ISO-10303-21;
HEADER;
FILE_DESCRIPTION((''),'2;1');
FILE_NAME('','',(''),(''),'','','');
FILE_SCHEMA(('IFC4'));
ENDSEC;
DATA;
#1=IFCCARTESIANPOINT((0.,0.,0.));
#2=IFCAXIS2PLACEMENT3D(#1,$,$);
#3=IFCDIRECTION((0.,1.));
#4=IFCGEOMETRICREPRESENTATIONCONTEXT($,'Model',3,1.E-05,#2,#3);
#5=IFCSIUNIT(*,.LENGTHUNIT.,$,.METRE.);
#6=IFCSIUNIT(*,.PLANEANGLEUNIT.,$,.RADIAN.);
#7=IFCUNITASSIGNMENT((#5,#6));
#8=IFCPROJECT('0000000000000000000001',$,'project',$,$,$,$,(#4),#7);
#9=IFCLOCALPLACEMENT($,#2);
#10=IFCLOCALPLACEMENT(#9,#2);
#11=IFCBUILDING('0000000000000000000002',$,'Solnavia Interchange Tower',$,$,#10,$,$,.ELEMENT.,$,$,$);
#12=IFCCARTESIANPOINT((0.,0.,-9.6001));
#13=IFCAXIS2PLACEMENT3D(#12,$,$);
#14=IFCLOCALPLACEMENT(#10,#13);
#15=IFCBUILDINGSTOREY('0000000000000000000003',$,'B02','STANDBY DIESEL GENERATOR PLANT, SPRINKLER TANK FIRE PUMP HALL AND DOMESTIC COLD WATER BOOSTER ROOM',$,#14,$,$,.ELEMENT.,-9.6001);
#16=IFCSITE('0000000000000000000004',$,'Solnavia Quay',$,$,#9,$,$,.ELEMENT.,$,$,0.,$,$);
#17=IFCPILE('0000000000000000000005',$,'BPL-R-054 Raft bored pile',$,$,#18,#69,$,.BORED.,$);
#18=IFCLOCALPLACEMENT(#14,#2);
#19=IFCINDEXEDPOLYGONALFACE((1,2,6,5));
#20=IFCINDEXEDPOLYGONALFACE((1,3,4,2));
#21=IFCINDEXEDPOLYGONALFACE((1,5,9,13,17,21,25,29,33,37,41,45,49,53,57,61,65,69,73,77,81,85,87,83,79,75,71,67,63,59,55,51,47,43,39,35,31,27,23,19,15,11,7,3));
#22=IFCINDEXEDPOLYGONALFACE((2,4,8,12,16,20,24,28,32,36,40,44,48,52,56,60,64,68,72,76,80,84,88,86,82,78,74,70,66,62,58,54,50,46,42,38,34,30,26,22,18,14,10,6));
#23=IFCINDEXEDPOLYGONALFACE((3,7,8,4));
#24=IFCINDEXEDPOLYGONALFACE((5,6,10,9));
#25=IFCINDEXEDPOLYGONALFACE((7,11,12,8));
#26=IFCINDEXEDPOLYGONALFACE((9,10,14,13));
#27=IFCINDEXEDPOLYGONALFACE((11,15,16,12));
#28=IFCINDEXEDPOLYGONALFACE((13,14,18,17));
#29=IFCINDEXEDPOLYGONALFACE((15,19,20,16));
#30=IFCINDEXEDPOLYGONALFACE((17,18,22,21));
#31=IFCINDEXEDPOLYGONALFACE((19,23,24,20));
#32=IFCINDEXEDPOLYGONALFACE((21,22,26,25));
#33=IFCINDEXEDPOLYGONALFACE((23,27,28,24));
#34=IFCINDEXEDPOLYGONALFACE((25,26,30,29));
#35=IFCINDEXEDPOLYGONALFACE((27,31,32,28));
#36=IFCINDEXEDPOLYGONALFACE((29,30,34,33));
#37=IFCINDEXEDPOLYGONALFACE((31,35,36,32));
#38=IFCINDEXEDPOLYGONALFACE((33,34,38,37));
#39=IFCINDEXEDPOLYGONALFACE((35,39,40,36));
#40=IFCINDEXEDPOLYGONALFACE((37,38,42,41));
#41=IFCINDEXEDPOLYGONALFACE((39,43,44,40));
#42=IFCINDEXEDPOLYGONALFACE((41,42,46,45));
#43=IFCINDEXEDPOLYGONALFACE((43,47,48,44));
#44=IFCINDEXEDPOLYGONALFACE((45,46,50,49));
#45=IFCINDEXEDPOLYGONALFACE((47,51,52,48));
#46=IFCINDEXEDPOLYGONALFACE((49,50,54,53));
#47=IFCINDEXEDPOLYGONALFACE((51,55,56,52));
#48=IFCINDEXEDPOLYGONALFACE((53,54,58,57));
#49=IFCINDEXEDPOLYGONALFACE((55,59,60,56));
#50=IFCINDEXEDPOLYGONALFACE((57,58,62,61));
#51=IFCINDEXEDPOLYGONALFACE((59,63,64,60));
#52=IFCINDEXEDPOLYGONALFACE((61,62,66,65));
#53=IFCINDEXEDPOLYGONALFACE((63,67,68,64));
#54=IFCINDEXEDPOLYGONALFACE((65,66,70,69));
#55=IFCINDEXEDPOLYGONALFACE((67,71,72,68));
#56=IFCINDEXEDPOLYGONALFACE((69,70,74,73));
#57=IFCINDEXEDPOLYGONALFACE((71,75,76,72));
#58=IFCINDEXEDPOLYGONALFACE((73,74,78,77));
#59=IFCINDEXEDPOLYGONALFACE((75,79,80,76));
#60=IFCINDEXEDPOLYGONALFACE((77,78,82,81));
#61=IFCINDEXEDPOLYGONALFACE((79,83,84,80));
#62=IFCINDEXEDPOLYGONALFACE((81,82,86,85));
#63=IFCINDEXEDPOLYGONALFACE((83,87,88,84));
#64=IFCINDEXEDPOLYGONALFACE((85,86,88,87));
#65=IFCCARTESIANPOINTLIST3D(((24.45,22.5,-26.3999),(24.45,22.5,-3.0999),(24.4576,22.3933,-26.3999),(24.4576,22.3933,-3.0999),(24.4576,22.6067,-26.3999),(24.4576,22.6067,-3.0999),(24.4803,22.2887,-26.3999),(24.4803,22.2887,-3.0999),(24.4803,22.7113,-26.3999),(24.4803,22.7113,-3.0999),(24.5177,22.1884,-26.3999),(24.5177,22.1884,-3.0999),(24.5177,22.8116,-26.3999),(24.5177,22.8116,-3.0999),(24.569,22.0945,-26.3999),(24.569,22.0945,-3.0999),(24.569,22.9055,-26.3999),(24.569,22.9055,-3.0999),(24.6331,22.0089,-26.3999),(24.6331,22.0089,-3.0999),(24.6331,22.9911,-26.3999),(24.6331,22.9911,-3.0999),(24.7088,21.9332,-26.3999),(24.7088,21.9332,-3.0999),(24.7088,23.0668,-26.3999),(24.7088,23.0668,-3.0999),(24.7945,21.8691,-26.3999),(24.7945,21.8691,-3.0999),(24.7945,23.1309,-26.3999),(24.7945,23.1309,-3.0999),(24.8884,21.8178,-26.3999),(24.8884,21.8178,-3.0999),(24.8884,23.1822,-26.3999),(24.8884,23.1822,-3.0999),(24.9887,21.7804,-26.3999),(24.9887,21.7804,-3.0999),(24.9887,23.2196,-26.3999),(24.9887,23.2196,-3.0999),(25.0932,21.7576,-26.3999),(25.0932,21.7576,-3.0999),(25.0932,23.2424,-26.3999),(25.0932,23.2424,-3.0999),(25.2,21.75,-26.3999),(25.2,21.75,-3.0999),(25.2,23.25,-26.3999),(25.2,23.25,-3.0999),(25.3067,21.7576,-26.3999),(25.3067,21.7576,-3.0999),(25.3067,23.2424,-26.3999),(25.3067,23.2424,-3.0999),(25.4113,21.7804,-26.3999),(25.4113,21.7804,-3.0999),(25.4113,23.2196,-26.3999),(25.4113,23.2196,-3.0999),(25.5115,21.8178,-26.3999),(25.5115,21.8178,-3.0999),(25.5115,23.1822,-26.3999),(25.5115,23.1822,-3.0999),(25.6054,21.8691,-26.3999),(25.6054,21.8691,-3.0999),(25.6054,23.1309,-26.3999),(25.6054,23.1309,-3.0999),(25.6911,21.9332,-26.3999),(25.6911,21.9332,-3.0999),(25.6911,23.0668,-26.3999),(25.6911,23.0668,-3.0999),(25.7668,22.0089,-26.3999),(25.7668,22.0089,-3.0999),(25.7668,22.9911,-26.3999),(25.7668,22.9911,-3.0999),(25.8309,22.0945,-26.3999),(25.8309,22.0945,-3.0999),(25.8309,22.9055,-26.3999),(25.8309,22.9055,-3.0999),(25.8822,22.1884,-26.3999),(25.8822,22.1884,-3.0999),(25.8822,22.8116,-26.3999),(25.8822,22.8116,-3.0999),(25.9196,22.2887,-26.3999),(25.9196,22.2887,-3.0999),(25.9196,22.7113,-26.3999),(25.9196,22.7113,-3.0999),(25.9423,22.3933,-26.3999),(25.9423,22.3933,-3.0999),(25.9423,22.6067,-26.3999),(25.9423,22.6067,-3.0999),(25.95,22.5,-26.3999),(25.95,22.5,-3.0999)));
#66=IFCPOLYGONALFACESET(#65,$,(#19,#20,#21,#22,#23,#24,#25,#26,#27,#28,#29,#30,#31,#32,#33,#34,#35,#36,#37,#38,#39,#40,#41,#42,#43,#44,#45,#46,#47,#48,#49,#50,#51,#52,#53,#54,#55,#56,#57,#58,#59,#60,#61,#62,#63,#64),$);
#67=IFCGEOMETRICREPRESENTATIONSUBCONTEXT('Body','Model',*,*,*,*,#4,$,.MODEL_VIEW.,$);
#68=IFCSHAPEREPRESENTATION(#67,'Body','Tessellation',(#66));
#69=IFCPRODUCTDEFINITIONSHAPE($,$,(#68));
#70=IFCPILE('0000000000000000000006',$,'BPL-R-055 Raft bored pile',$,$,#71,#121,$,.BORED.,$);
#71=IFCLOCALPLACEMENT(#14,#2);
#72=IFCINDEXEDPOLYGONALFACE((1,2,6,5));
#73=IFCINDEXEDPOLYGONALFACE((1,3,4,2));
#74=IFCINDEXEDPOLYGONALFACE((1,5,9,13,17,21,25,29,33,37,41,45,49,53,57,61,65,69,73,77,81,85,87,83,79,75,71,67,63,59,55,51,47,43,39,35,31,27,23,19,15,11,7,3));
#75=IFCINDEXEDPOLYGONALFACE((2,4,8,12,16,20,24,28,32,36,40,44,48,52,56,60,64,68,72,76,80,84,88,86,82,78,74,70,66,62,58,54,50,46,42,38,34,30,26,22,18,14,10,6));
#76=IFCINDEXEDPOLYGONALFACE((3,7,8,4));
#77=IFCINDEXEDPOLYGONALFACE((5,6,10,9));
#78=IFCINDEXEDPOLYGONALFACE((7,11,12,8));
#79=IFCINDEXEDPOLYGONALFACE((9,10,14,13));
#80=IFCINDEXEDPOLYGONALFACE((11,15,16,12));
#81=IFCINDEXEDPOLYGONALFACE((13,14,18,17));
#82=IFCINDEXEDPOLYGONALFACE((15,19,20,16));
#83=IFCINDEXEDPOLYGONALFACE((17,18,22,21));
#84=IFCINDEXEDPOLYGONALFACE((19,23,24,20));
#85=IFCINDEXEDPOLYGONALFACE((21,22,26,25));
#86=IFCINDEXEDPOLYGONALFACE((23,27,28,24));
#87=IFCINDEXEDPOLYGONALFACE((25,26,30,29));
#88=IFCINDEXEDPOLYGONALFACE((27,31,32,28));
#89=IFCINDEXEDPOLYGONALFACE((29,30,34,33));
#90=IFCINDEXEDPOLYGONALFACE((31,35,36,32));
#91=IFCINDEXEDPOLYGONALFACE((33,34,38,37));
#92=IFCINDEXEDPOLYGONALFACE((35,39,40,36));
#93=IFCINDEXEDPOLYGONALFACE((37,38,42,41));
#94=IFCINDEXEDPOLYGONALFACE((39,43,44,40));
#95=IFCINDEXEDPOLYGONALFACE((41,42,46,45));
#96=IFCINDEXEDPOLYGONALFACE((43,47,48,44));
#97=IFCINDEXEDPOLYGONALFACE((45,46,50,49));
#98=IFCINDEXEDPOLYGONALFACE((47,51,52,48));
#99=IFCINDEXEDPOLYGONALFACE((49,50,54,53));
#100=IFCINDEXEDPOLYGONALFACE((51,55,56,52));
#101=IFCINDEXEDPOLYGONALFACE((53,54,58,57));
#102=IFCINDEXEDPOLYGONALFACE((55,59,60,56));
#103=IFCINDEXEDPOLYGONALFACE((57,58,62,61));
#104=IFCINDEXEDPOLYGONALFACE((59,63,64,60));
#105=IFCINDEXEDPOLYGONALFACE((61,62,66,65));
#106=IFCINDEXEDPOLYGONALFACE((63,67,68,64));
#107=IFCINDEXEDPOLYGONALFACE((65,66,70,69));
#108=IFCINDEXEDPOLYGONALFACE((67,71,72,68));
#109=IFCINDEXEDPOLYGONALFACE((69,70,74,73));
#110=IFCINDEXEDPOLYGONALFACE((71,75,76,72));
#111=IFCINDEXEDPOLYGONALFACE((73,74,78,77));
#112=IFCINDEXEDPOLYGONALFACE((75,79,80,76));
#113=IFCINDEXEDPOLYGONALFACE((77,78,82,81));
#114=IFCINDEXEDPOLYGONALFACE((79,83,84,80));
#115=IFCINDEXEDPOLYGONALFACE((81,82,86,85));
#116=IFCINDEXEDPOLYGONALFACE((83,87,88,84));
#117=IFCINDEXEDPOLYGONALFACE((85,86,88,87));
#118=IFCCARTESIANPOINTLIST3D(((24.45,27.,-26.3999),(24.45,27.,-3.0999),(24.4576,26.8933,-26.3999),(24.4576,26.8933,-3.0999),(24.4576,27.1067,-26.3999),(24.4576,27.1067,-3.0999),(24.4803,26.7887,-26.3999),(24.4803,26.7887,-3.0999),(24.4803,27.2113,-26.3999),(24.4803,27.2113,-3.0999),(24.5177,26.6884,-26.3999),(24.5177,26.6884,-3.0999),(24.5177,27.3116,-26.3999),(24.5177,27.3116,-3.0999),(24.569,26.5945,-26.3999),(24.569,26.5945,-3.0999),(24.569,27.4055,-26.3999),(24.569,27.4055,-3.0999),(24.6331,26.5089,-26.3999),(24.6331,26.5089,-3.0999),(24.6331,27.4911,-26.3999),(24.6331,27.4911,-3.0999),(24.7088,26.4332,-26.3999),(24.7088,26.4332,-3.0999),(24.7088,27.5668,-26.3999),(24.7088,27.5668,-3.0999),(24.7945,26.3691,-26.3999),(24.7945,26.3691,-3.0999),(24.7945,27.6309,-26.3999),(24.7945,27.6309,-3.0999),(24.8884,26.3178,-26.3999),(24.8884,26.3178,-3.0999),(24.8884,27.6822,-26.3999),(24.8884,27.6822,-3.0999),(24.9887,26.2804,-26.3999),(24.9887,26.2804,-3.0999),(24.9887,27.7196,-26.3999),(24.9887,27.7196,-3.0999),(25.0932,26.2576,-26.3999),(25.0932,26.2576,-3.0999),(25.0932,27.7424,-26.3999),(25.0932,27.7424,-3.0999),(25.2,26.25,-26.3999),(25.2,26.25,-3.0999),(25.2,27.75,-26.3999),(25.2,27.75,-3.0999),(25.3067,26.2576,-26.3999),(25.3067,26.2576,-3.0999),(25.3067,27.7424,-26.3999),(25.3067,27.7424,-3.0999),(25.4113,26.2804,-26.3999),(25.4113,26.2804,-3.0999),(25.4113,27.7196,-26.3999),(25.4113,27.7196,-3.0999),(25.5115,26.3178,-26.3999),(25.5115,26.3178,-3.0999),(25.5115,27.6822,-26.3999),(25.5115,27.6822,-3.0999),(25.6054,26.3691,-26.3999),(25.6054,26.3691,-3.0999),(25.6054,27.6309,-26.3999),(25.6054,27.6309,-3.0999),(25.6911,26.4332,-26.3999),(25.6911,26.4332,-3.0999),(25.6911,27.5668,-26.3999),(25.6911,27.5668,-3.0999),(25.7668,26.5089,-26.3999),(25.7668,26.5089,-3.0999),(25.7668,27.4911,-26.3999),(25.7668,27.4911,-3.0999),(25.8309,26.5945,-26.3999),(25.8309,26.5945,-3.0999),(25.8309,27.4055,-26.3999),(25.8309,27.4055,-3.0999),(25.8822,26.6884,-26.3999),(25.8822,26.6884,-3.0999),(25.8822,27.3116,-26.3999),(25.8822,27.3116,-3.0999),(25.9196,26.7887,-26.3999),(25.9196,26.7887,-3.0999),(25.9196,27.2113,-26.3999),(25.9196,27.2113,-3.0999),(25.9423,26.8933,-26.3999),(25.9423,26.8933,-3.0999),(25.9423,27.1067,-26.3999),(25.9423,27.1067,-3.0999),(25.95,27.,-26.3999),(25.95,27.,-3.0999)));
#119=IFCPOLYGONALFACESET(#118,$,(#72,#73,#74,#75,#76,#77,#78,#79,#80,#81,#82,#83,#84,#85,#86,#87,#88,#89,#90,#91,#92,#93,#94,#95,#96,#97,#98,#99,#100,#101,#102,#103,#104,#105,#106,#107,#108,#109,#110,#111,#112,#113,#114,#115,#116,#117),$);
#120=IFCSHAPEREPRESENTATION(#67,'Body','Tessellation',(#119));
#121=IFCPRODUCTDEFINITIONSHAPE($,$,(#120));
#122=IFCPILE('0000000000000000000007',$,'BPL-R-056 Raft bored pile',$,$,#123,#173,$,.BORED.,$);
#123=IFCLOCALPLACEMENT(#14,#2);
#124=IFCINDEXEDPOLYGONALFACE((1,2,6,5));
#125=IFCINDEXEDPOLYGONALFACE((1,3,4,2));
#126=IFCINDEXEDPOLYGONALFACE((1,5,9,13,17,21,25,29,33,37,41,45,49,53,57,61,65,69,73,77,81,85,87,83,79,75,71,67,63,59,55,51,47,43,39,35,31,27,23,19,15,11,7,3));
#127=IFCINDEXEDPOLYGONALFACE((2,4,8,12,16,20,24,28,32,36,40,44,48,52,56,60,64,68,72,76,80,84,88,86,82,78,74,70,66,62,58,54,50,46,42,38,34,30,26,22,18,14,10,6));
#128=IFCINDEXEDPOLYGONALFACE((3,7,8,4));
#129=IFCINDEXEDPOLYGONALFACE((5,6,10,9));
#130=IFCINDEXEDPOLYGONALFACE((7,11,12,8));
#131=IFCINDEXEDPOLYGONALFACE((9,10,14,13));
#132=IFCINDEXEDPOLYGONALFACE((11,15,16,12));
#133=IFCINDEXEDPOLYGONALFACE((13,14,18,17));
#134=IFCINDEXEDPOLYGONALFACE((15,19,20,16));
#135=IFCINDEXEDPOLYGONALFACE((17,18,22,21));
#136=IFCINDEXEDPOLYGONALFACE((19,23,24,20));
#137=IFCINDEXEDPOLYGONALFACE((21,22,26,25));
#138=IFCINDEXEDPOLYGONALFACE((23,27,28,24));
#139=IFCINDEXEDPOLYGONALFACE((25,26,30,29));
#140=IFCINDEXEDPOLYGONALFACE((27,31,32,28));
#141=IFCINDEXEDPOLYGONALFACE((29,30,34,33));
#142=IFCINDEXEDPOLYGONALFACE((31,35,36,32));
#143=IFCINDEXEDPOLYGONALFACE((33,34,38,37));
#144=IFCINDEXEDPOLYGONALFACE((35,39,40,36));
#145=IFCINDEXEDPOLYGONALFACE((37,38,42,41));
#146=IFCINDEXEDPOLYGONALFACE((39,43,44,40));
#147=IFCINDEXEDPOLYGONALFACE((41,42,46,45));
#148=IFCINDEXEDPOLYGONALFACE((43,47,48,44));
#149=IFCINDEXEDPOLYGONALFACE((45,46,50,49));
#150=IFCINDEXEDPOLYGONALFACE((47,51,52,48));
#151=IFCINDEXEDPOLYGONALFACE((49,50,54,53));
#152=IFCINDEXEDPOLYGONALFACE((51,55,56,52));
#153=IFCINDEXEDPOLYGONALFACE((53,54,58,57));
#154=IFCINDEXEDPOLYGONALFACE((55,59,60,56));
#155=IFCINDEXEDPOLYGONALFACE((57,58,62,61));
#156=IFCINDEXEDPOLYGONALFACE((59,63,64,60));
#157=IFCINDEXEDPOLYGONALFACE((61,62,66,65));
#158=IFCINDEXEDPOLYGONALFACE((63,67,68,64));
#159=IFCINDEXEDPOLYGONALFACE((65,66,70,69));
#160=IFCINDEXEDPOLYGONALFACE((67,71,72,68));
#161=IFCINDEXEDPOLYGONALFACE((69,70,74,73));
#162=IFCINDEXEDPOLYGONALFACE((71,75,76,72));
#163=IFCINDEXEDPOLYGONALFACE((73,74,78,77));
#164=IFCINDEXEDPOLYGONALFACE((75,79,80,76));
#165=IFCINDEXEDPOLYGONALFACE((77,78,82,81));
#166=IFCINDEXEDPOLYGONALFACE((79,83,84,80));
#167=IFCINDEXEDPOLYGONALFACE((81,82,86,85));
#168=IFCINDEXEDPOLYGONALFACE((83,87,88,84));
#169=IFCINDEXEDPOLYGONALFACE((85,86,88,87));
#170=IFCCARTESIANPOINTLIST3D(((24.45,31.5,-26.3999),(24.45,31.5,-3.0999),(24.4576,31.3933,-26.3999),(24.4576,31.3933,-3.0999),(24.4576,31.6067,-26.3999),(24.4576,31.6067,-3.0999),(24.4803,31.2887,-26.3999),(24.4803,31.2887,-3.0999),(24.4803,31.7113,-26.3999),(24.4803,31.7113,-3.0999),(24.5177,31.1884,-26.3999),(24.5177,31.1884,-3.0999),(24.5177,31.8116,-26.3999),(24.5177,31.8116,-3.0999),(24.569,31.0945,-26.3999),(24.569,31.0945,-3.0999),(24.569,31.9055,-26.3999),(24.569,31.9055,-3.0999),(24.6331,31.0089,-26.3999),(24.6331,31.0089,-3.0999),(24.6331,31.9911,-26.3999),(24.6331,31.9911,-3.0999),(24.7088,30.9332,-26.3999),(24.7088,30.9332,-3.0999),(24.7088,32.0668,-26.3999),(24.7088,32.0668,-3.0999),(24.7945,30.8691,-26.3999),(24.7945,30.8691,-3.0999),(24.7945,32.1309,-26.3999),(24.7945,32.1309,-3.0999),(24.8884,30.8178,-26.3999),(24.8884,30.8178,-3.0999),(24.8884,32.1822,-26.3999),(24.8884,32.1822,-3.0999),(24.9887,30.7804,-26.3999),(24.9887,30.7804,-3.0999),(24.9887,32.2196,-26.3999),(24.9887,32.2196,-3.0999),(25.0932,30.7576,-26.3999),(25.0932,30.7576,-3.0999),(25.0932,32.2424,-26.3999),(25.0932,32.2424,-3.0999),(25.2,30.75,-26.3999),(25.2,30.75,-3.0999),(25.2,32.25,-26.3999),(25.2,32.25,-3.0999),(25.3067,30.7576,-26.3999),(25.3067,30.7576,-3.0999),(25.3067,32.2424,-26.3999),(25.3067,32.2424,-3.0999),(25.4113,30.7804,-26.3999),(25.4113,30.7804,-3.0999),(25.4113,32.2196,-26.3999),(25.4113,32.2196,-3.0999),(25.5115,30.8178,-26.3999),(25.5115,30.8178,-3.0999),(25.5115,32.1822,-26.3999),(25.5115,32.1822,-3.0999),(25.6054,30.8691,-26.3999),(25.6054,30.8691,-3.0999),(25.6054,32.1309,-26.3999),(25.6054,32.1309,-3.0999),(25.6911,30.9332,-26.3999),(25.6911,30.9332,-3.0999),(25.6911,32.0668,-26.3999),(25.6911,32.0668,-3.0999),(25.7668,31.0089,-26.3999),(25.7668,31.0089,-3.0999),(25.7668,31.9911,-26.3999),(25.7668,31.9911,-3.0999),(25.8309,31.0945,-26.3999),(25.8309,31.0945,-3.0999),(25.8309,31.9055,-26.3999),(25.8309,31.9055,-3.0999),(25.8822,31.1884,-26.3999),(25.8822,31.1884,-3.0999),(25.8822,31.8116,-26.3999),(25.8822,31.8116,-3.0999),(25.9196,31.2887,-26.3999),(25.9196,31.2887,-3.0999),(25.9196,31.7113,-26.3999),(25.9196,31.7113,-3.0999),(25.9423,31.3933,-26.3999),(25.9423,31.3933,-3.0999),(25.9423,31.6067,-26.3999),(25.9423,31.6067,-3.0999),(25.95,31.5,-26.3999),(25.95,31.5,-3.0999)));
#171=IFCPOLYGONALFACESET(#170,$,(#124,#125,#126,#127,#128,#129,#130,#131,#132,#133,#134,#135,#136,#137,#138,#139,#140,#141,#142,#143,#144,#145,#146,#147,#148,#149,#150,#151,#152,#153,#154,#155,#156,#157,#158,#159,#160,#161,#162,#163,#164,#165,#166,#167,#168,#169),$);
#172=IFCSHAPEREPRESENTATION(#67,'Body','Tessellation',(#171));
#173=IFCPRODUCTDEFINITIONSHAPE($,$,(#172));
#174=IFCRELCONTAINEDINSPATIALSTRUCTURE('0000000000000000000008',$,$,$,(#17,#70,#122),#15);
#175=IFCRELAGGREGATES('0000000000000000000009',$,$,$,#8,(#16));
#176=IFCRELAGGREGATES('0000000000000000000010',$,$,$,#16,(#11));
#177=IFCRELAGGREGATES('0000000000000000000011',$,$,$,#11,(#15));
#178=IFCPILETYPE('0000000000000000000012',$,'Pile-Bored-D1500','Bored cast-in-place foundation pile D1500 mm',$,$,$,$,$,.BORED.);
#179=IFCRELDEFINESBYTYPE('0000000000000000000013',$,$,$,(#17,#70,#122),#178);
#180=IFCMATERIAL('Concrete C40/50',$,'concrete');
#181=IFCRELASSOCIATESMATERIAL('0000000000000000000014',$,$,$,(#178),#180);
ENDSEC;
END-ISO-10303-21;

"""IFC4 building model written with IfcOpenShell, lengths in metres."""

from ifc_helpers import new_model, si_unit, direction, frame, origin, origin_2d, place, context, subcontext, project, spatial, circle, extrude, material, material_profile, profile_set, type_object, element, save


model = new_model("IFC4")

# Units and contexts
model_context = context("Model", 3, precision=1e-05, world=origin(), true_north=direction((0.0, 1.0)))
body_context = subcontext(model_context, "Body", "Model", "MODEL_VIEW")
ifc_project = project(units=[si_unit("LENGTHUNIT", "METRE"), si_unit("PLANEANGLEUNIT", "RADIAN")], contexts=[model_context])

# Site, building, storey
site_placement = place(None, origin())
site = spatial("IfcSite", under=ifc_project, at=site_placement, Name="Solnavia Quay", CompositionType="ELEMENT", RefElevation=0.0)
building_placement = place(site_placement, origin())
building = spatial("IfcBuilding", under=site, at=building_placement, Name="Solnavia Interchange Tower", CompositionType="ELEMENT")
storey_placement = place(building_placement, frame((0.0, 0.0, -9.6001)))
storey = spatial("IfcBuildingStorey", under=building, at=storey_placement, Name="B02", Description="STANDBY DIESEL GENERATOR PLANT, SPRINKLER TANK FIRE PUMP HALL AND DOMESTIC COLD WATER BOOSTER ROOM", CompositionType="ELEMENT", Elevation=-9.6001)

# Piles
ifc_material_1 = material(Name="Concrete C40/50", Category="concrete")
ifc_material_profile_1 = material_profile(ifc_material_1, circle(Radius=0.75, at=origin_2d()), Name="PILE D1500")
ifc_profile_set_1 = profile_set([ifc_material_profile_1], Name="Concrete C40/50")
pile_type = type_object("IfcPileType", Name="Pile-Bored-D1500", Description="Bored cast-in-place foundation pile D1500 mm", PredefinedType="BORED", material=ifc_profile_set_1)
for number, where, z_axis, x_axis, name in (
    (1, (25.2, 22.5, -3.0999), (0.0, 0.0, -1.0), (1.0, 0.0, 0.0), "BPL-R-054 Raft bored pile"),
    (2, (25.2, 27.0, -3.0999), (0.0, 0.0, -1.0), (1.0, 0.0, 0.0), "BPL-R-055 Raft bored pile"),
    (3, (25.2, 31.5, -3.0999), (0.0, 0.0, -1.0), (1.0, 0.0, 0.0), "BPL-R-056 Raft bored pile"),
):
    element("IfcPile", number, at=place(storey_placement, frame(where, z_axis=z_axis, x_axis=x_axis)), inside=storey, type_object=pile_type, Name=name, PredefinedType="BORED", context=body_context, shape_type="SweptSolid", body=[
        extrude(circle(Radius=0.75, at=origin_2d()), origin(), (0.0, 0.0, 1.0), 23.3),
    ])

save(model, "model.ifc")
